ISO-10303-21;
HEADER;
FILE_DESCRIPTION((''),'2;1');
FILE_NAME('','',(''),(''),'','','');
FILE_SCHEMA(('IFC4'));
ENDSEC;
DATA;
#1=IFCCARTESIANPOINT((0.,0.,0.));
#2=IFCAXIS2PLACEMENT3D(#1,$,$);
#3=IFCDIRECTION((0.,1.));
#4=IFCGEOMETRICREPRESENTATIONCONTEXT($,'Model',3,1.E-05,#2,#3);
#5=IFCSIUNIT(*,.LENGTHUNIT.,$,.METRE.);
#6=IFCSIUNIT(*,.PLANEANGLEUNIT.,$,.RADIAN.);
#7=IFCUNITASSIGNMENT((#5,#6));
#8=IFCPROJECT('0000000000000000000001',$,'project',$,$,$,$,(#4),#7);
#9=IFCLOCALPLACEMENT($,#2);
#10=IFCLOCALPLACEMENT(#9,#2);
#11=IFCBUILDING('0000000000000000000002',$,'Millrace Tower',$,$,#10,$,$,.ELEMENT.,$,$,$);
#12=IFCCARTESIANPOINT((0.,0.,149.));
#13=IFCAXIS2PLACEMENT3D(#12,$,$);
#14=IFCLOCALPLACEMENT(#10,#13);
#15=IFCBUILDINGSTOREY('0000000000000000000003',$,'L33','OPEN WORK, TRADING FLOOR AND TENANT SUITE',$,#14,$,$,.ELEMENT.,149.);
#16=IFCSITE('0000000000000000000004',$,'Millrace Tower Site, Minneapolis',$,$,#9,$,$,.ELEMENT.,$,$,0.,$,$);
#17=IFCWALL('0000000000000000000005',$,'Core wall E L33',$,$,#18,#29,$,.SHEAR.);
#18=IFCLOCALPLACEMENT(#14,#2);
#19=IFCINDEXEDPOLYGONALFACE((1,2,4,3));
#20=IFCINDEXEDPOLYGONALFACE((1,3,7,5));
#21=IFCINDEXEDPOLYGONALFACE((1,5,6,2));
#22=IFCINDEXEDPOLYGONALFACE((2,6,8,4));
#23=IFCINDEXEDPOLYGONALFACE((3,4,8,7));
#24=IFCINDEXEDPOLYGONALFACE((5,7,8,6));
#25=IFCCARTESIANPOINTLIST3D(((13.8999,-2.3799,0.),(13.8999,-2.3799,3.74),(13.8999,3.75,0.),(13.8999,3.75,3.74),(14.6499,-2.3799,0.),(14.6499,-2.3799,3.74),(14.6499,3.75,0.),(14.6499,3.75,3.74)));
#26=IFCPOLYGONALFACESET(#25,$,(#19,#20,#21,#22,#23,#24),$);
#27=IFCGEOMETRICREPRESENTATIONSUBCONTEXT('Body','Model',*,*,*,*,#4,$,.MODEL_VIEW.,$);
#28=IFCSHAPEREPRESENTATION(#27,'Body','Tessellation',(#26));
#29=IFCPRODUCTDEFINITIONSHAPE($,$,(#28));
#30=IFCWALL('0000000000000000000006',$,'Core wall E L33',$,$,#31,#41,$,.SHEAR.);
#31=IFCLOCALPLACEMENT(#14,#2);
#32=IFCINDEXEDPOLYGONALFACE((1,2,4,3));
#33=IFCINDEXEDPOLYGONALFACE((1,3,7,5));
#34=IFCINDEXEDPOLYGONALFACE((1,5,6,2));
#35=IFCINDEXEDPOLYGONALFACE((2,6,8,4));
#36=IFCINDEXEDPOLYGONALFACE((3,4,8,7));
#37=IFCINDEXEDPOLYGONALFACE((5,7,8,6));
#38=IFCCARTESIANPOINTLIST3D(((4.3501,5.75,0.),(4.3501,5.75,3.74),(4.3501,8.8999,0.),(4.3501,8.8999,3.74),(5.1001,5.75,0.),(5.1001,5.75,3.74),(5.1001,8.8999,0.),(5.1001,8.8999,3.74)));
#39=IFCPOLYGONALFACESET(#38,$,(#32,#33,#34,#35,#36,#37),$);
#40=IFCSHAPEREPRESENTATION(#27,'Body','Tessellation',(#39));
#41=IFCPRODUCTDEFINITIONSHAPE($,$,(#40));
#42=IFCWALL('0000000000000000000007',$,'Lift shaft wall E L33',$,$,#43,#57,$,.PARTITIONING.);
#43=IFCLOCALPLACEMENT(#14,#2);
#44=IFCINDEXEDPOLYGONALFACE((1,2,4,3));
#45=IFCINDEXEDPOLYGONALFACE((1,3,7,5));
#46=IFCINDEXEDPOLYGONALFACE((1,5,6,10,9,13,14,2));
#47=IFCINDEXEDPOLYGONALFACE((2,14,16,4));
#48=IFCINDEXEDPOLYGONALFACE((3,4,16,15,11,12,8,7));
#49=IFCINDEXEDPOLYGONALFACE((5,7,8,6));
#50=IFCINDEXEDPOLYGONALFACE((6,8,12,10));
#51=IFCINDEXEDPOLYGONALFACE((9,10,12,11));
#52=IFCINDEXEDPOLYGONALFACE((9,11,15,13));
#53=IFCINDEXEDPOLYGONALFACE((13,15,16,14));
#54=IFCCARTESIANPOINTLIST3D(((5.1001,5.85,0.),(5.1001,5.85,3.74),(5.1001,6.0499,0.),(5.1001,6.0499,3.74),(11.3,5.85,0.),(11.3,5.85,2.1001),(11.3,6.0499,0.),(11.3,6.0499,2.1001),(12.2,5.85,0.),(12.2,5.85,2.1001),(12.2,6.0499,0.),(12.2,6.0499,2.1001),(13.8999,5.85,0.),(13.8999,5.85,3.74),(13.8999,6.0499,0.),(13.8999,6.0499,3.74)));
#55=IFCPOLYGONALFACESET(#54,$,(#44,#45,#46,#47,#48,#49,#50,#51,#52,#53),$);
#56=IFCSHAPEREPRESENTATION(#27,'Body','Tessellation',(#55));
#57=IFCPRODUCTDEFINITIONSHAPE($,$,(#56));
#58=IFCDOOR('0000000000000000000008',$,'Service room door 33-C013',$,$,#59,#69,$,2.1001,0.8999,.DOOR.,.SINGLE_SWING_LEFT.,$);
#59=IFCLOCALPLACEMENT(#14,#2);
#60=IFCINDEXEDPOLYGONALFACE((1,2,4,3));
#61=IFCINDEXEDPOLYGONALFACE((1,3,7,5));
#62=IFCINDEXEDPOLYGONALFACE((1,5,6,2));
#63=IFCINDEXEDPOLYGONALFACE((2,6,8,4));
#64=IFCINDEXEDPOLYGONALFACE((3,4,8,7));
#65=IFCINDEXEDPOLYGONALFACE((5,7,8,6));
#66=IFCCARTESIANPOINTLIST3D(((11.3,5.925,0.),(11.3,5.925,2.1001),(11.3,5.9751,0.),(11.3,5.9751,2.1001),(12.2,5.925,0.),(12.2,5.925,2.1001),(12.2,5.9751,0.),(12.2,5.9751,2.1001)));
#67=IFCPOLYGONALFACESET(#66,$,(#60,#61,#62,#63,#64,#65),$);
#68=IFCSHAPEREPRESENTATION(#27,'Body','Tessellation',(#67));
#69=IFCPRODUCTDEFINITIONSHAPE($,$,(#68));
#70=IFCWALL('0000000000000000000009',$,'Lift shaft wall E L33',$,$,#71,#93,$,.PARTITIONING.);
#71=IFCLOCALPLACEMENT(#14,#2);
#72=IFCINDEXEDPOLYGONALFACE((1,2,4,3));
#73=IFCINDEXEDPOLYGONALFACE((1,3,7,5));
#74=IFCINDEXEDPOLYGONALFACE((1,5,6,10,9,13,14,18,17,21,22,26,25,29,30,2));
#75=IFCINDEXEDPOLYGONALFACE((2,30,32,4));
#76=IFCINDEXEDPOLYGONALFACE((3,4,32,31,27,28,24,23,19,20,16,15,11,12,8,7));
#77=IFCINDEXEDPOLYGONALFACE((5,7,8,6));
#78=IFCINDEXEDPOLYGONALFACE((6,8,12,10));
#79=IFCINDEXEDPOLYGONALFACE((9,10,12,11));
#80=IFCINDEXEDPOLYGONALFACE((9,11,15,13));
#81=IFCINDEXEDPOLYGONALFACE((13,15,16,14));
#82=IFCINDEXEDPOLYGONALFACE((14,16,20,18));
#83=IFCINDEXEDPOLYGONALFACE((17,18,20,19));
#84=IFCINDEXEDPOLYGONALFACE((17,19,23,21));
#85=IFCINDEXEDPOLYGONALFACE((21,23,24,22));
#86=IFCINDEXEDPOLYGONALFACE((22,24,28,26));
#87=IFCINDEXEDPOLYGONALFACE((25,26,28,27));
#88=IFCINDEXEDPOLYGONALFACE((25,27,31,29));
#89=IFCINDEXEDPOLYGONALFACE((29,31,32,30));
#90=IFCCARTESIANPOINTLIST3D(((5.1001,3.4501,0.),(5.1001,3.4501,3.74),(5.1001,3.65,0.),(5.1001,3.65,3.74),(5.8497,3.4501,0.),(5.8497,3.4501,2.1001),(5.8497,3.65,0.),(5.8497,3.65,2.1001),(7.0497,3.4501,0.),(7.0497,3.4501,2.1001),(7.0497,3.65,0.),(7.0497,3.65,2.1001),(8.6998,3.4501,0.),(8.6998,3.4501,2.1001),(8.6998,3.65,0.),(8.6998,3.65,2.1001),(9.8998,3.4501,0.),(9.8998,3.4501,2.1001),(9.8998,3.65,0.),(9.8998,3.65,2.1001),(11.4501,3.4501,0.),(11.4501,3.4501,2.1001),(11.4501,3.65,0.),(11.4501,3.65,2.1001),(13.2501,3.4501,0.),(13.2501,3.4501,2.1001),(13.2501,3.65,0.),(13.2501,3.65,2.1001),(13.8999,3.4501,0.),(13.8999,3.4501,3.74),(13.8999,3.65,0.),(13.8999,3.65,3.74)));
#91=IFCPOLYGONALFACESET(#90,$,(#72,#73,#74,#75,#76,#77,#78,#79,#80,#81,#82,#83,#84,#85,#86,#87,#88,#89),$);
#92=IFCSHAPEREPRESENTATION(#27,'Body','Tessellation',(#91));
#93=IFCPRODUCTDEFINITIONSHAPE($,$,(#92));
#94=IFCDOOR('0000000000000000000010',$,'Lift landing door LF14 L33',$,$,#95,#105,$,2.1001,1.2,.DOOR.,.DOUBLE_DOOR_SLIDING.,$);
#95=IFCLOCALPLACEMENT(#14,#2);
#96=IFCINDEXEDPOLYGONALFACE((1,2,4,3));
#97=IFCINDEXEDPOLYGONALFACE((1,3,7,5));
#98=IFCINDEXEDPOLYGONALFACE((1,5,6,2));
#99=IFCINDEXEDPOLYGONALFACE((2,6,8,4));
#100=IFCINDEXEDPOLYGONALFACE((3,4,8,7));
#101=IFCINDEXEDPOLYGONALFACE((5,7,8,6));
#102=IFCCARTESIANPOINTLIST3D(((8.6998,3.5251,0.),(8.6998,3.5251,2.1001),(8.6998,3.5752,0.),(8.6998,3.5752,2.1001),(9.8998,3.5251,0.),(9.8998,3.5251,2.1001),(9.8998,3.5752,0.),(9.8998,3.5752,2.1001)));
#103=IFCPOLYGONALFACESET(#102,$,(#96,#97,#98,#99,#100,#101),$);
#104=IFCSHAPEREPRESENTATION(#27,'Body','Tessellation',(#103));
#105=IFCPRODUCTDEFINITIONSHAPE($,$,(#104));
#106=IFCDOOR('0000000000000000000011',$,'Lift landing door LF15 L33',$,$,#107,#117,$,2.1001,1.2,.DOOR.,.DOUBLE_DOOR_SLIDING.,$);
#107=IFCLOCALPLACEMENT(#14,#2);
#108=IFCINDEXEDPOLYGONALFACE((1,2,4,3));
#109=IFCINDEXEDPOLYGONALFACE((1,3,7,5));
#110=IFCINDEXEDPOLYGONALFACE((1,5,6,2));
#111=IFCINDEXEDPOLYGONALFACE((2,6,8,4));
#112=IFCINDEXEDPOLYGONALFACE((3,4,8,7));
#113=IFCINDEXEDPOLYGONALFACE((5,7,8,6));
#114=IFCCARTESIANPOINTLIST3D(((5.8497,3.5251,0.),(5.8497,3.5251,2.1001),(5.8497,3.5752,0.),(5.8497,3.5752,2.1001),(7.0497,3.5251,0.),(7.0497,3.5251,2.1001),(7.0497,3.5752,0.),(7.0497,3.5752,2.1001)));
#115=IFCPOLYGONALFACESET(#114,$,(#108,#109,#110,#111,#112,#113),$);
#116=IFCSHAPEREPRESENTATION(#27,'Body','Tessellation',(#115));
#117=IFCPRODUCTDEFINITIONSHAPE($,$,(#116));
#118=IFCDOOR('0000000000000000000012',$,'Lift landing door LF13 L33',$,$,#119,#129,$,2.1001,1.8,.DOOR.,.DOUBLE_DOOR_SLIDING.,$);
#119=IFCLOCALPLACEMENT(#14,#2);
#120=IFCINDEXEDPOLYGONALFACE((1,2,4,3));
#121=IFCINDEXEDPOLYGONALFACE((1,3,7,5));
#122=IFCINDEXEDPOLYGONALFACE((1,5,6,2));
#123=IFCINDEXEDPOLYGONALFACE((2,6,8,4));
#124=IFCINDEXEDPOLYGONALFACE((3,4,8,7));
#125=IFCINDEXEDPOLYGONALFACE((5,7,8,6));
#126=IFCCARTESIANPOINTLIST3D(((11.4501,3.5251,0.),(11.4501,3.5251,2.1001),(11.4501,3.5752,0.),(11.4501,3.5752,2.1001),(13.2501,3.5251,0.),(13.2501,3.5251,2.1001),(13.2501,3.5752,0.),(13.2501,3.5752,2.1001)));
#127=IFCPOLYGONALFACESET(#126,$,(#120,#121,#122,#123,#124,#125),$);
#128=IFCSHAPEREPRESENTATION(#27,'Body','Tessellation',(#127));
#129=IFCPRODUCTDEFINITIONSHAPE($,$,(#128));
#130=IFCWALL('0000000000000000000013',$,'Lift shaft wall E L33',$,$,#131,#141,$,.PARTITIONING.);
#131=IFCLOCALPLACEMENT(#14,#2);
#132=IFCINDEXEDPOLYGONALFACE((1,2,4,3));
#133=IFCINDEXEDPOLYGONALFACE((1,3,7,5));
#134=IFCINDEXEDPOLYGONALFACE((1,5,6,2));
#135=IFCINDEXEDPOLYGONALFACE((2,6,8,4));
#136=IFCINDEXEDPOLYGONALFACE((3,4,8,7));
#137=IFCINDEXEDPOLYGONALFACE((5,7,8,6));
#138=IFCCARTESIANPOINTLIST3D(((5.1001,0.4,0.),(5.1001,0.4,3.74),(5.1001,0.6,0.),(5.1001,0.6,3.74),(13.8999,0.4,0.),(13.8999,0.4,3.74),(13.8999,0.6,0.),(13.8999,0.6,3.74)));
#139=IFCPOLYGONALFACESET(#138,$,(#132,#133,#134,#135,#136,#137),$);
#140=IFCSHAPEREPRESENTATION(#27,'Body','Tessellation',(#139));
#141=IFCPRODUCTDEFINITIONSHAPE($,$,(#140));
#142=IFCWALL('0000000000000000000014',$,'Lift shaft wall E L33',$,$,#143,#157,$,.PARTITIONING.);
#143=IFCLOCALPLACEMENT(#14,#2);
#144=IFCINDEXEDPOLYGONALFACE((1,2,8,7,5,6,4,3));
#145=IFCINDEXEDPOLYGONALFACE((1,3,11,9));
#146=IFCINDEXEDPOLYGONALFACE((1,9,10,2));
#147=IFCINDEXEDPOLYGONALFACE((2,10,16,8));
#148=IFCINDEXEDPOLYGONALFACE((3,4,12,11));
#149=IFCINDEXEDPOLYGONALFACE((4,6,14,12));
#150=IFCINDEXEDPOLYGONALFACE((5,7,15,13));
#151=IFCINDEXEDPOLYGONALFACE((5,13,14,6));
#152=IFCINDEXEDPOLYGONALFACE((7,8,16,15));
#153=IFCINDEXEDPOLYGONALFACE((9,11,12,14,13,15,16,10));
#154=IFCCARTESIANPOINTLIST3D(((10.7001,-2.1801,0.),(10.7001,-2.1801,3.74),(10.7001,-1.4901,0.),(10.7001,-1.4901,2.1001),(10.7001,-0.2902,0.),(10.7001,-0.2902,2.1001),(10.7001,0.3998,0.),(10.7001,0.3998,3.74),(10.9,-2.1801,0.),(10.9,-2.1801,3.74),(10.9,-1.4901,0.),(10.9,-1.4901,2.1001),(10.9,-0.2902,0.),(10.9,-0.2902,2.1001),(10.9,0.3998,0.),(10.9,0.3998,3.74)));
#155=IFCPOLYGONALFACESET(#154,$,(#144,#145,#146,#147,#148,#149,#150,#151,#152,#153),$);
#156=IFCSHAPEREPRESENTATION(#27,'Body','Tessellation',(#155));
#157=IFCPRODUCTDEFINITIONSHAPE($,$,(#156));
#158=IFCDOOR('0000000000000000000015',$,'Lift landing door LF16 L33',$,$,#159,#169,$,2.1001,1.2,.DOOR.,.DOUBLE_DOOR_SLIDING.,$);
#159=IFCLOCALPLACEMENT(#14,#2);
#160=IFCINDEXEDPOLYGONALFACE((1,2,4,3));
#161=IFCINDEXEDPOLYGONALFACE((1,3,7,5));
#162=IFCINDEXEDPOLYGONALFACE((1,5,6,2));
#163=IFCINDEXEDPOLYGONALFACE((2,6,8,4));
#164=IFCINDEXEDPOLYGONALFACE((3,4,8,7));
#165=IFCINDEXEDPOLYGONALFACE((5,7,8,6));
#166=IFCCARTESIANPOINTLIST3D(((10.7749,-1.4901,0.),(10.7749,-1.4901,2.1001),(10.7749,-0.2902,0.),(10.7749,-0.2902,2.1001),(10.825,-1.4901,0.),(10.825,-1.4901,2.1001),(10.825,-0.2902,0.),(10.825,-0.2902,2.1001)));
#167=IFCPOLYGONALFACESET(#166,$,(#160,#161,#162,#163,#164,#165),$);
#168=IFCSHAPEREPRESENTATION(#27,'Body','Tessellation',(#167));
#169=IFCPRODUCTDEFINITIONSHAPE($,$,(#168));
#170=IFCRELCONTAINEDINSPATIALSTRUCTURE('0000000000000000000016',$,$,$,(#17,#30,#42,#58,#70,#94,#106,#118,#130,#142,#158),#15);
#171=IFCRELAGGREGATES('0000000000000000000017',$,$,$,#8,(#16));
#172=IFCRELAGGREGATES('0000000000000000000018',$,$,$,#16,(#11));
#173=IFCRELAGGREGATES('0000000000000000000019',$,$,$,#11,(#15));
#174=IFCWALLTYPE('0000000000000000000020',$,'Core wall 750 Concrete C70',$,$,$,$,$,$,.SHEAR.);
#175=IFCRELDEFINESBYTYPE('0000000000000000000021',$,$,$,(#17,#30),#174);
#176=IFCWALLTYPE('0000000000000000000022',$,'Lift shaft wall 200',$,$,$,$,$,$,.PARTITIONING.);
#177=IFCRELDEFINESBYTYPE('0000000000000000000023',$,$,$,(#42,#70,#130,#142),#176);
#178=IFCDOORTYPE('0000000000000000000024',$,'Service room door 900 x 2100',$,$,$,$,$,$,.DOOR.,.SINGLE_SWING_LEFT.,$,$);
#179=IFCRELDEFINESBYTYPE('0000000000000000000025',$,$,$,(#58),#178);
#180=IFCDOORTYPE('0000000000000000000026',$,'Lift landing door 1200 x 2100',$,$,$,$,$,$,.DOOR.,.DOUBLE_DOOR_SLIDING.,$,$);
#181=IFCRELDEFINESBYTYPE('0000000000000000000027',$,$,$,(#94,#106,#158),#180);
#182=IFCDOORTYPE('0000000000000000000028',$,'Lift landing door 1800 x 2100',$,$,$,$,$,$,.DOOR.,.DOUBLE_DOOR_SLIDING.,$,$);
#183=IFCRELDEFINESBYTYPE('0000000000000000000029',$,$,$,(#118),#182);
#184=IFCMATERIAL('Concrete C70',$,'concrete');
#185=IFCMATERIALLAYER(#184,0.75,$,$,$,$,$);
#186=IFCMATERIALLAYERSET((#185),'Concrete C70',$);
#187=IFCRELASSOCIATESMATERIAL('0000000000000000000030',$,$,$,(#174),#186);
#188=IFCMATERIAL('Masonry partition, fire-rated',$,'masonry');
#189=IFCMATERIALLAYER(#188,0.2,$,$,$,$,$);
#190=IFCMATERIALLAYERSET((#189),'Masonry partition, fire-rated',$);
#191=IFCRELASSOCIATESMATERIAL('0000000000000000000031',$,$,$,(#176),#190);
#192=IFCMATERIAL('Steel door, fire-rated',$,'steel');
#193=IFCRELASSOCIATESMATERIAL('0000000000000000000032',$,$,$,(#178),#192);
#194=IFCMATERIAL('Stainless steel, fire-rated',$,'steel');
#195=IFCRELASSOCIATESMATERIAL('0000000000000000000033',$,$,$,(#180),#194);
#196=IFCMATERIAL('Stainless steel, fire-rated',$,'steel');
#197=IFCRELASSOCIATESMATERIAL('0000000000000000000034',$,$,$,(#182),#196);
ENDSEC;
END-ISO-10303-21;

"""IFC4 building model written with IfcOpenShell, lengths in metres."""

from ifc_helpers import new_model, si_unit, direction, frame, frame_2d, origin, place, context, subcontext, project, spatial, rectangle, extrude, material, layer, layer_set, type_object, element, fill, save


model = new_model("IFC4")

# Units and contexts
model_context = context("Model", 3, precision=1e-05, world=origin(), true_north=direction((0.0, 1.0)))
body_context = subcontext(model_context, "Body", "Model", "MODEL_VIEW")
ifc_project = project(units=[si_unit("LENGTHUNIT", "METRE"), si_unit("PLANEANGLEUNIT", "RADIAN")], contexts=[model_context])

# Site, building, storey
site_placement = place(None, origin())
site = spatial("IfcSite", under=ifc_project, at=site_placement, Name="Millrace Tower Site, Minneapolis", CompositionType="ELEMENT", RefElevation=0.0)
building_placement = place(site_placement, origin())
building = spatial("IfcBuilding", under=site, at=building_placement, Name="Millrace Tower", CompositionType="ELEMENT")
storey_placement = place(building_placement, frame((0.0, 0.0, 149.0)))
storey = spatial("IfcBuildingStorey", under=building, at=storey_placement, Name="L33", Description="OPEN WORK, TRADING FLOOR AND TENANT SUITE", CompositionType="ELEMENT", Elevation=149.0)

# Walls
ifc_material_1 = material(Name="Concrete C70", Category="concrete")
ifc_layer_1 = layer(ifc_material_1, 0.75)
ifc_layer_set_1 = layer_set([ifc_layer_1], Name="Concrete C70")
wall_type_1 = type_object("IfcWallType", Name="Core wall 750 Concrete C70", PredefinedType="SHEAR", material=ifc_layer_set_1)
wall_1_placement = place(storey_placement, frame((14.2749, 3.75, 0.0), z_axis=(0.0, 0.0, 1.0), x_axis=(0.0, -1.0, 0.0)))
element("IfcWall", 1, at=wall_1_placement, inside=storey, type_object=wall_type_1, Name="Core wall E L33", PredefinedType="SHEAR", context=body_context, shape_type="SweptSolid", body=[
    extrude(rectangle(XDim=6.1299, YDim=0.75, at=frame_2d((3.0649, 0.0))), origin(), (0.0, 0.0, 1.0), 3.74),
])
wall_2_placement = place(storey_placement, frame((4.7251, 8.8999, 0.0), z_axis=(0.0, 0.0, 1.0), x_axis=(0.0, -1.0, 0.0)))
element("IfcWall", 2, at=wall_2_placement, inside=storey, type_object=wall_type_1, Name="Core wall E L33", PredefinedType="SHEAR", context=body_context, shape_type="SweptSolid", body=[
    extrude(rectangle(XDim=3.1499, YDim=0.75, at=frame_2d((1.575, 0.0))), origin(), (0.0, 0.0, 1.0), 3.74),
])

# Wall, opening, door
ifc_material_2 = material(Name="Masonry partition, fire-rated", Category="masonry")
ifc_layer_2 = layer(ifc_material_2, 0.2)
ifc_layer_set_2 = layer_set([ifc_layer_2], Name="Masonry partition, fire-rated")
wall_type_2 = type_object("IfcWallType", Name="Lift shaft wall 200", PredefinedType="PARTITIONING", material=ifc_layer_set_2)
wall_3_placement = place(storey_placement, frame((13.8999, 5.95, 0.0), z_axis=(0.0, 0.0, 1.0), x_axis=(-1.0, 0.0, 0.0)))
wall_3 = element("IfcWall", 3, at=wall_3_placement, inside=storey, type_object=wall_type_2, Name="Lift shaft wall E L33", PredefinedType="PARTITIONING", context=body_context, shape_type="SweptSolid", body=[
    extrude(rectangle(XDim=8.7998, YDim=0.2, at=frame_2d((4.3999, 0.0))), origin(), (0.0, 0.0, 1.0), 3.74),
])
opening_1_placement = place(wall_3_placement, frame((1.7, 0.0, 0.0)))
opening_1 = element("IfcOpeningElement", 4, at=opening_1_placement, cuts=wall_3, PredefinedType="OPENING", context=body_context, shape_type="SweptSolid", body=[
    extrude(rectangle(XDim=0.8999, YDim=2.1001, at=frame_2d((0.45, 1.05))), frame((0.0, 0.1099, 0.0), z_axis=(0.0, -1.0, 0.0), x_axis=(1.0, 0.0, 0.0)), (0.0, 0.0, 1.0), 0.22),
])
ifc_material_3 = material(Name="Steel door, fire-rated", Category="steel")
door_type_1 = type_object("IfcDoorType", Name="Service room door 900 x 2100", OperationType="SINGLE_SWING_LEFT", PredefinedType="DOOR", material=ifc_material_3)
door_1_placement = place(opening_1_placement, origin())
door_1 = element("IfcDoor", 5, at=door_1_placement, inside=storey, type_object=door_type_1, Name="Service room door 33-C013", OperationType="SINGLE_SWING_LEFT", OverallHeight=2.1001, OverallWidth=0.8999, PredefinedType="DOOR", context=body_context, shape_type="SweptSolid", body=[
    extrude(rectangle(XDim=0.8999, YDim=2.1001, at=frame_2d((0.45, 1.05))), frame((0.0, 0.0249, 0.0), z_axis=(0.0, -1.0, 0.0), x_axis=(1.0, 0.0, 0.0)), (0.0, 0.0, 1.0), 0.05),
])
fill(opening_1, door_1)

# Wall, openings, doors
wall_4_placement = place(storey_placement, frame((13.8999, 3.55, 0.0), z_axis=(0.0, 0.0, 1.0), x_axis=(-1.0, 0.0, 0.0)))
wall_4 = element("IfcWall", 6, at=wall_4_placement, inside=storey, type_object=wall_type_2, Name="Lift shaft wall E L33", PredefinedType="PARTITIONING", context=body_context, shape_type="SweptSolid", body=[
    extrude(rectangle(XDim=8.7998, YDim=0.2, at=frame_2d((4.3999, 0.0))), origin(), (0.0, 0.0, 1.0), 3.74),
])
opening_2_placement = place(wall_4_placement, frame((0.6499, 0.0, 0.0)))
opening_2 = element("IfcOpeningElement", 7, at=opening_2_placement, cuts=wall_4, PredefinedType="OPENING", context=body_context, shape_type="SweptSolid", body=[
    extrude(rectangle(XDim=1.8, YDim=2.1001, at=frame_2d((0.8999, 1.05))), frame((0.0, 0.1099, 0.0), z_axis=(0.0, -1.0, 0.0), x_axis=(1.0, 0.0, 0.0)), (0.0, 0.0, 1.0), 0.22),
])
opening_3_placement = place(wall_4_placement, frame((4.0, 0.0, 0.0)))
opening_3 = element("IfcOpeningElement", 8, at=opening_3_placement, cuts=wall_4, PredefinedType="OPENING", context=body_context, shape_type="SweptSolid", body=[
    extrude(rectangle(XDim=1.2, YDim=2.1001, at=frame_2d((0.6001, 1.05))), frame((0.0, 0.1099, 0.0), z_axis=(0.0, -1.0, 0.0), x_axis=(1.0, 0.0, 0.0)), (0.0, 0.0, 1.0), 0.22),
])
opening_4_placement = place(wall_4_placement, frame((6.8501, 0.0, 0.0)))
opening_4 = element("IfcOpeningElement", 9, at=opening_4_placement, cuts=wall_4, PredefinedType="OPENING", context=body_context, shape_type="SweptSolid", body=[
    extrude(rectangle(XDim=1.2, YDim=2.1001, at=frame_2d((0.6001, 1.05))), frame((0.0, 0.1099, 0.0), z_axis=(0.0, -1.0, 0.0), x_axis=(1.0, 0.0, 0.0)), (0.0, 0.0, 1.0), 0.22),
])
ifc_material_4 = material(Name="Stainless steel, fire-rated", Category="steel")
door_type_2 = type_object("IfcDoorType", Name="Lift landing door 1200 x 2100", OperationType="DOUBLE_DOOR_SLIDING", PredefinedType="DOOR", material=ifc_material_4)
door_2_placement = place(opening_3_placement, origin())
door_2 = element("IfcDoor", 10, at=door_2_placement, inside=storey, type_object=door_type_2, Name="Lift landing door LF14 L33", OperationType="DOUBLE_DOOR_SLIDING", OverallHeight=2.1001, OverallWidth=1.2, PredefinedType="DOOR", context=body_context, shape_type="SweptSolid", body=[
    extrude(rectangle(XDim=1.2, YDim=2.1001, at=frame_2d((0.6001, 1.05))), frame((0.0, 0.0249, 0.0), z_axis=(0.0, -1.0, 0.0), x_axis=(1.0, 0.0, 0.0)), (0.0, 0.0, 1.0), 0.05),
])
fill(opening_3, door_2)
door_3_placement = place(opening_4_placement, origin())
door_3 = element("IfcDoor", 11, at=door_3_placement, inside=storey, type_object=door_type_2, Name="Lift landing door LF15 L33", OperationType="DOUBLE_DOOR_SLIDING", OverallHeight=2.1001, OverallWidth=1.2, PredefinedType="DOOR", context=body_context, shape_type="SweptSolid", body=[
    extrude(rectangle(XDim=1.2, YDim=2.1001, at=frame_2d((0.6001, 1.05))), frame((0.0, 0.0249, 0.0), z_axis=(0.0, -1.0, 0.0), x_axis=(1.0, 0.0, 0.0)), (0.0, 0.0, 1.0), 0.05),
])
fill(opening_4, door_3)
ifc_material_5 = material(Name="Stainless steel, fire-rated", Category="steel")
door_type_3 = type_object("IfcDoorType", Name="Lift landing door 1800 x 2100", OperationType="DOUBLE_DOOR_SLIDING", PredefinedType="DOOR", material=ifc_material_5)
door_4_placement = place(opening_2_placement, origin())
door_4 = element("IfcDoor", 12, at=door_4_placement, inside=storey, type_object=door_type_3, Name="Lift landing door LF13 L33", OperationType="DOUBLE_DOOR_SLIDING", OverallHeight=2.1001, OverallWidth=1.8, PredefinedType="DOOR", context=body_context, shape_type="SweptSolid", body=[
    extrude(rectangle(XDim=1.8, YDim=2.1001, at=frame_2d((0.8999, 1.05))), frame((0.0, 0.0249, 0.0), z_axis=(0.0, -1.0, 0.0), x_axis=(1.0, 0.0, 0.0)), (0.0, 0.0, 1.0), 0.05),
])
fill(opening_2, door_4)

# Wall
wall_5_placement = place(storey_placement, frame((13.8999, 0.5, 0.0), z_axis=(0.0, 0.0, 1.0), x_axis=(-1.0, 0.0, 0.0)))
element("IfcWall", 13, at=wall_5_placement, inside=storey, type_object=wall_type_2, Name="Lift shaft wall E L33", PredefinedType="PARTITIONING", context=body_context, shape_type="SweptSolid", body=[
    extrude(rectangle(XDim=8.7998, YDim=0.2, at=frame_2d((4.3999, 0.0))), origin(), (0.0, 0.0, 1.0), 3.74),
])

# Wall, opening, door
wall_6_placement = place(storey_placement, frame((10.8, 0.3999, 0.0), z_axis=(0.0, 0.0, 1.0), x_axis=(0.0, -1.0, 0.0)))
wall_6 = element("IfcWall", 14, at=wall_6_placement, inside=storey, type_object=wall_type_2, Name="Lift shaft wall E L33", PredefinedType="PARTITIONING", context=body_context, shape_type="SweptSolid", body=[
    extrude(rectangle(XDim=2.5798, YDim=0.2, at=frame_2d((1.29, 0.0))), origin(), (0.0, 0.0, 1.0), 3.74),
])
opening_5_placement = place(wall_6_placement, frame((0.6899, 0.0, 0.0)))
opening_5 = element("IfcOpeningElement", 15, at=opening_5_placement, cuts=wall_6, PredefinedType="OPENING", context=body_context, shape_type="SweptSolid", body=[
    extrude(rectangle(XDim=1.2, YDim=2.1001, at=frame_2d((0.6001, 1.05))), frame((0.0, 0.1099, 0.0), z_axis=(0.0, -1.0, 0.0), x_axis=(1.0, 0.0, 0.0)), (0.0, 0.0, 1.0), 0.22),
])
door_5_placement = place(opening_5_placement, origin())
door_5 = element("IfcDoor", 16, at=door_5_placement, inside=storey, type_object=door_type_2, Name="Lift landing door LF16 L33", OperationType="DOUBLE_DOOR_SLIDING", OverallHeight=2.1001, OverallWidth=1.2, PredefinedType="DOOR", context=body_context, shape_type="SweptSolid", body=[
    extrude(rectangle(XDim=1.2, YDim=2.1001, at=frame_2d((0.6001, 1.05))), frame((0.0, 0.0249, 0.0), z_axis=(0.0, -1.0, 0.0), x_axis=(1.0, 0.0, 0.0)), (0.0, 0.0, 1.0), 0.05),
])
fill(opening_5, door_5)

save(model, "model.ifc")
